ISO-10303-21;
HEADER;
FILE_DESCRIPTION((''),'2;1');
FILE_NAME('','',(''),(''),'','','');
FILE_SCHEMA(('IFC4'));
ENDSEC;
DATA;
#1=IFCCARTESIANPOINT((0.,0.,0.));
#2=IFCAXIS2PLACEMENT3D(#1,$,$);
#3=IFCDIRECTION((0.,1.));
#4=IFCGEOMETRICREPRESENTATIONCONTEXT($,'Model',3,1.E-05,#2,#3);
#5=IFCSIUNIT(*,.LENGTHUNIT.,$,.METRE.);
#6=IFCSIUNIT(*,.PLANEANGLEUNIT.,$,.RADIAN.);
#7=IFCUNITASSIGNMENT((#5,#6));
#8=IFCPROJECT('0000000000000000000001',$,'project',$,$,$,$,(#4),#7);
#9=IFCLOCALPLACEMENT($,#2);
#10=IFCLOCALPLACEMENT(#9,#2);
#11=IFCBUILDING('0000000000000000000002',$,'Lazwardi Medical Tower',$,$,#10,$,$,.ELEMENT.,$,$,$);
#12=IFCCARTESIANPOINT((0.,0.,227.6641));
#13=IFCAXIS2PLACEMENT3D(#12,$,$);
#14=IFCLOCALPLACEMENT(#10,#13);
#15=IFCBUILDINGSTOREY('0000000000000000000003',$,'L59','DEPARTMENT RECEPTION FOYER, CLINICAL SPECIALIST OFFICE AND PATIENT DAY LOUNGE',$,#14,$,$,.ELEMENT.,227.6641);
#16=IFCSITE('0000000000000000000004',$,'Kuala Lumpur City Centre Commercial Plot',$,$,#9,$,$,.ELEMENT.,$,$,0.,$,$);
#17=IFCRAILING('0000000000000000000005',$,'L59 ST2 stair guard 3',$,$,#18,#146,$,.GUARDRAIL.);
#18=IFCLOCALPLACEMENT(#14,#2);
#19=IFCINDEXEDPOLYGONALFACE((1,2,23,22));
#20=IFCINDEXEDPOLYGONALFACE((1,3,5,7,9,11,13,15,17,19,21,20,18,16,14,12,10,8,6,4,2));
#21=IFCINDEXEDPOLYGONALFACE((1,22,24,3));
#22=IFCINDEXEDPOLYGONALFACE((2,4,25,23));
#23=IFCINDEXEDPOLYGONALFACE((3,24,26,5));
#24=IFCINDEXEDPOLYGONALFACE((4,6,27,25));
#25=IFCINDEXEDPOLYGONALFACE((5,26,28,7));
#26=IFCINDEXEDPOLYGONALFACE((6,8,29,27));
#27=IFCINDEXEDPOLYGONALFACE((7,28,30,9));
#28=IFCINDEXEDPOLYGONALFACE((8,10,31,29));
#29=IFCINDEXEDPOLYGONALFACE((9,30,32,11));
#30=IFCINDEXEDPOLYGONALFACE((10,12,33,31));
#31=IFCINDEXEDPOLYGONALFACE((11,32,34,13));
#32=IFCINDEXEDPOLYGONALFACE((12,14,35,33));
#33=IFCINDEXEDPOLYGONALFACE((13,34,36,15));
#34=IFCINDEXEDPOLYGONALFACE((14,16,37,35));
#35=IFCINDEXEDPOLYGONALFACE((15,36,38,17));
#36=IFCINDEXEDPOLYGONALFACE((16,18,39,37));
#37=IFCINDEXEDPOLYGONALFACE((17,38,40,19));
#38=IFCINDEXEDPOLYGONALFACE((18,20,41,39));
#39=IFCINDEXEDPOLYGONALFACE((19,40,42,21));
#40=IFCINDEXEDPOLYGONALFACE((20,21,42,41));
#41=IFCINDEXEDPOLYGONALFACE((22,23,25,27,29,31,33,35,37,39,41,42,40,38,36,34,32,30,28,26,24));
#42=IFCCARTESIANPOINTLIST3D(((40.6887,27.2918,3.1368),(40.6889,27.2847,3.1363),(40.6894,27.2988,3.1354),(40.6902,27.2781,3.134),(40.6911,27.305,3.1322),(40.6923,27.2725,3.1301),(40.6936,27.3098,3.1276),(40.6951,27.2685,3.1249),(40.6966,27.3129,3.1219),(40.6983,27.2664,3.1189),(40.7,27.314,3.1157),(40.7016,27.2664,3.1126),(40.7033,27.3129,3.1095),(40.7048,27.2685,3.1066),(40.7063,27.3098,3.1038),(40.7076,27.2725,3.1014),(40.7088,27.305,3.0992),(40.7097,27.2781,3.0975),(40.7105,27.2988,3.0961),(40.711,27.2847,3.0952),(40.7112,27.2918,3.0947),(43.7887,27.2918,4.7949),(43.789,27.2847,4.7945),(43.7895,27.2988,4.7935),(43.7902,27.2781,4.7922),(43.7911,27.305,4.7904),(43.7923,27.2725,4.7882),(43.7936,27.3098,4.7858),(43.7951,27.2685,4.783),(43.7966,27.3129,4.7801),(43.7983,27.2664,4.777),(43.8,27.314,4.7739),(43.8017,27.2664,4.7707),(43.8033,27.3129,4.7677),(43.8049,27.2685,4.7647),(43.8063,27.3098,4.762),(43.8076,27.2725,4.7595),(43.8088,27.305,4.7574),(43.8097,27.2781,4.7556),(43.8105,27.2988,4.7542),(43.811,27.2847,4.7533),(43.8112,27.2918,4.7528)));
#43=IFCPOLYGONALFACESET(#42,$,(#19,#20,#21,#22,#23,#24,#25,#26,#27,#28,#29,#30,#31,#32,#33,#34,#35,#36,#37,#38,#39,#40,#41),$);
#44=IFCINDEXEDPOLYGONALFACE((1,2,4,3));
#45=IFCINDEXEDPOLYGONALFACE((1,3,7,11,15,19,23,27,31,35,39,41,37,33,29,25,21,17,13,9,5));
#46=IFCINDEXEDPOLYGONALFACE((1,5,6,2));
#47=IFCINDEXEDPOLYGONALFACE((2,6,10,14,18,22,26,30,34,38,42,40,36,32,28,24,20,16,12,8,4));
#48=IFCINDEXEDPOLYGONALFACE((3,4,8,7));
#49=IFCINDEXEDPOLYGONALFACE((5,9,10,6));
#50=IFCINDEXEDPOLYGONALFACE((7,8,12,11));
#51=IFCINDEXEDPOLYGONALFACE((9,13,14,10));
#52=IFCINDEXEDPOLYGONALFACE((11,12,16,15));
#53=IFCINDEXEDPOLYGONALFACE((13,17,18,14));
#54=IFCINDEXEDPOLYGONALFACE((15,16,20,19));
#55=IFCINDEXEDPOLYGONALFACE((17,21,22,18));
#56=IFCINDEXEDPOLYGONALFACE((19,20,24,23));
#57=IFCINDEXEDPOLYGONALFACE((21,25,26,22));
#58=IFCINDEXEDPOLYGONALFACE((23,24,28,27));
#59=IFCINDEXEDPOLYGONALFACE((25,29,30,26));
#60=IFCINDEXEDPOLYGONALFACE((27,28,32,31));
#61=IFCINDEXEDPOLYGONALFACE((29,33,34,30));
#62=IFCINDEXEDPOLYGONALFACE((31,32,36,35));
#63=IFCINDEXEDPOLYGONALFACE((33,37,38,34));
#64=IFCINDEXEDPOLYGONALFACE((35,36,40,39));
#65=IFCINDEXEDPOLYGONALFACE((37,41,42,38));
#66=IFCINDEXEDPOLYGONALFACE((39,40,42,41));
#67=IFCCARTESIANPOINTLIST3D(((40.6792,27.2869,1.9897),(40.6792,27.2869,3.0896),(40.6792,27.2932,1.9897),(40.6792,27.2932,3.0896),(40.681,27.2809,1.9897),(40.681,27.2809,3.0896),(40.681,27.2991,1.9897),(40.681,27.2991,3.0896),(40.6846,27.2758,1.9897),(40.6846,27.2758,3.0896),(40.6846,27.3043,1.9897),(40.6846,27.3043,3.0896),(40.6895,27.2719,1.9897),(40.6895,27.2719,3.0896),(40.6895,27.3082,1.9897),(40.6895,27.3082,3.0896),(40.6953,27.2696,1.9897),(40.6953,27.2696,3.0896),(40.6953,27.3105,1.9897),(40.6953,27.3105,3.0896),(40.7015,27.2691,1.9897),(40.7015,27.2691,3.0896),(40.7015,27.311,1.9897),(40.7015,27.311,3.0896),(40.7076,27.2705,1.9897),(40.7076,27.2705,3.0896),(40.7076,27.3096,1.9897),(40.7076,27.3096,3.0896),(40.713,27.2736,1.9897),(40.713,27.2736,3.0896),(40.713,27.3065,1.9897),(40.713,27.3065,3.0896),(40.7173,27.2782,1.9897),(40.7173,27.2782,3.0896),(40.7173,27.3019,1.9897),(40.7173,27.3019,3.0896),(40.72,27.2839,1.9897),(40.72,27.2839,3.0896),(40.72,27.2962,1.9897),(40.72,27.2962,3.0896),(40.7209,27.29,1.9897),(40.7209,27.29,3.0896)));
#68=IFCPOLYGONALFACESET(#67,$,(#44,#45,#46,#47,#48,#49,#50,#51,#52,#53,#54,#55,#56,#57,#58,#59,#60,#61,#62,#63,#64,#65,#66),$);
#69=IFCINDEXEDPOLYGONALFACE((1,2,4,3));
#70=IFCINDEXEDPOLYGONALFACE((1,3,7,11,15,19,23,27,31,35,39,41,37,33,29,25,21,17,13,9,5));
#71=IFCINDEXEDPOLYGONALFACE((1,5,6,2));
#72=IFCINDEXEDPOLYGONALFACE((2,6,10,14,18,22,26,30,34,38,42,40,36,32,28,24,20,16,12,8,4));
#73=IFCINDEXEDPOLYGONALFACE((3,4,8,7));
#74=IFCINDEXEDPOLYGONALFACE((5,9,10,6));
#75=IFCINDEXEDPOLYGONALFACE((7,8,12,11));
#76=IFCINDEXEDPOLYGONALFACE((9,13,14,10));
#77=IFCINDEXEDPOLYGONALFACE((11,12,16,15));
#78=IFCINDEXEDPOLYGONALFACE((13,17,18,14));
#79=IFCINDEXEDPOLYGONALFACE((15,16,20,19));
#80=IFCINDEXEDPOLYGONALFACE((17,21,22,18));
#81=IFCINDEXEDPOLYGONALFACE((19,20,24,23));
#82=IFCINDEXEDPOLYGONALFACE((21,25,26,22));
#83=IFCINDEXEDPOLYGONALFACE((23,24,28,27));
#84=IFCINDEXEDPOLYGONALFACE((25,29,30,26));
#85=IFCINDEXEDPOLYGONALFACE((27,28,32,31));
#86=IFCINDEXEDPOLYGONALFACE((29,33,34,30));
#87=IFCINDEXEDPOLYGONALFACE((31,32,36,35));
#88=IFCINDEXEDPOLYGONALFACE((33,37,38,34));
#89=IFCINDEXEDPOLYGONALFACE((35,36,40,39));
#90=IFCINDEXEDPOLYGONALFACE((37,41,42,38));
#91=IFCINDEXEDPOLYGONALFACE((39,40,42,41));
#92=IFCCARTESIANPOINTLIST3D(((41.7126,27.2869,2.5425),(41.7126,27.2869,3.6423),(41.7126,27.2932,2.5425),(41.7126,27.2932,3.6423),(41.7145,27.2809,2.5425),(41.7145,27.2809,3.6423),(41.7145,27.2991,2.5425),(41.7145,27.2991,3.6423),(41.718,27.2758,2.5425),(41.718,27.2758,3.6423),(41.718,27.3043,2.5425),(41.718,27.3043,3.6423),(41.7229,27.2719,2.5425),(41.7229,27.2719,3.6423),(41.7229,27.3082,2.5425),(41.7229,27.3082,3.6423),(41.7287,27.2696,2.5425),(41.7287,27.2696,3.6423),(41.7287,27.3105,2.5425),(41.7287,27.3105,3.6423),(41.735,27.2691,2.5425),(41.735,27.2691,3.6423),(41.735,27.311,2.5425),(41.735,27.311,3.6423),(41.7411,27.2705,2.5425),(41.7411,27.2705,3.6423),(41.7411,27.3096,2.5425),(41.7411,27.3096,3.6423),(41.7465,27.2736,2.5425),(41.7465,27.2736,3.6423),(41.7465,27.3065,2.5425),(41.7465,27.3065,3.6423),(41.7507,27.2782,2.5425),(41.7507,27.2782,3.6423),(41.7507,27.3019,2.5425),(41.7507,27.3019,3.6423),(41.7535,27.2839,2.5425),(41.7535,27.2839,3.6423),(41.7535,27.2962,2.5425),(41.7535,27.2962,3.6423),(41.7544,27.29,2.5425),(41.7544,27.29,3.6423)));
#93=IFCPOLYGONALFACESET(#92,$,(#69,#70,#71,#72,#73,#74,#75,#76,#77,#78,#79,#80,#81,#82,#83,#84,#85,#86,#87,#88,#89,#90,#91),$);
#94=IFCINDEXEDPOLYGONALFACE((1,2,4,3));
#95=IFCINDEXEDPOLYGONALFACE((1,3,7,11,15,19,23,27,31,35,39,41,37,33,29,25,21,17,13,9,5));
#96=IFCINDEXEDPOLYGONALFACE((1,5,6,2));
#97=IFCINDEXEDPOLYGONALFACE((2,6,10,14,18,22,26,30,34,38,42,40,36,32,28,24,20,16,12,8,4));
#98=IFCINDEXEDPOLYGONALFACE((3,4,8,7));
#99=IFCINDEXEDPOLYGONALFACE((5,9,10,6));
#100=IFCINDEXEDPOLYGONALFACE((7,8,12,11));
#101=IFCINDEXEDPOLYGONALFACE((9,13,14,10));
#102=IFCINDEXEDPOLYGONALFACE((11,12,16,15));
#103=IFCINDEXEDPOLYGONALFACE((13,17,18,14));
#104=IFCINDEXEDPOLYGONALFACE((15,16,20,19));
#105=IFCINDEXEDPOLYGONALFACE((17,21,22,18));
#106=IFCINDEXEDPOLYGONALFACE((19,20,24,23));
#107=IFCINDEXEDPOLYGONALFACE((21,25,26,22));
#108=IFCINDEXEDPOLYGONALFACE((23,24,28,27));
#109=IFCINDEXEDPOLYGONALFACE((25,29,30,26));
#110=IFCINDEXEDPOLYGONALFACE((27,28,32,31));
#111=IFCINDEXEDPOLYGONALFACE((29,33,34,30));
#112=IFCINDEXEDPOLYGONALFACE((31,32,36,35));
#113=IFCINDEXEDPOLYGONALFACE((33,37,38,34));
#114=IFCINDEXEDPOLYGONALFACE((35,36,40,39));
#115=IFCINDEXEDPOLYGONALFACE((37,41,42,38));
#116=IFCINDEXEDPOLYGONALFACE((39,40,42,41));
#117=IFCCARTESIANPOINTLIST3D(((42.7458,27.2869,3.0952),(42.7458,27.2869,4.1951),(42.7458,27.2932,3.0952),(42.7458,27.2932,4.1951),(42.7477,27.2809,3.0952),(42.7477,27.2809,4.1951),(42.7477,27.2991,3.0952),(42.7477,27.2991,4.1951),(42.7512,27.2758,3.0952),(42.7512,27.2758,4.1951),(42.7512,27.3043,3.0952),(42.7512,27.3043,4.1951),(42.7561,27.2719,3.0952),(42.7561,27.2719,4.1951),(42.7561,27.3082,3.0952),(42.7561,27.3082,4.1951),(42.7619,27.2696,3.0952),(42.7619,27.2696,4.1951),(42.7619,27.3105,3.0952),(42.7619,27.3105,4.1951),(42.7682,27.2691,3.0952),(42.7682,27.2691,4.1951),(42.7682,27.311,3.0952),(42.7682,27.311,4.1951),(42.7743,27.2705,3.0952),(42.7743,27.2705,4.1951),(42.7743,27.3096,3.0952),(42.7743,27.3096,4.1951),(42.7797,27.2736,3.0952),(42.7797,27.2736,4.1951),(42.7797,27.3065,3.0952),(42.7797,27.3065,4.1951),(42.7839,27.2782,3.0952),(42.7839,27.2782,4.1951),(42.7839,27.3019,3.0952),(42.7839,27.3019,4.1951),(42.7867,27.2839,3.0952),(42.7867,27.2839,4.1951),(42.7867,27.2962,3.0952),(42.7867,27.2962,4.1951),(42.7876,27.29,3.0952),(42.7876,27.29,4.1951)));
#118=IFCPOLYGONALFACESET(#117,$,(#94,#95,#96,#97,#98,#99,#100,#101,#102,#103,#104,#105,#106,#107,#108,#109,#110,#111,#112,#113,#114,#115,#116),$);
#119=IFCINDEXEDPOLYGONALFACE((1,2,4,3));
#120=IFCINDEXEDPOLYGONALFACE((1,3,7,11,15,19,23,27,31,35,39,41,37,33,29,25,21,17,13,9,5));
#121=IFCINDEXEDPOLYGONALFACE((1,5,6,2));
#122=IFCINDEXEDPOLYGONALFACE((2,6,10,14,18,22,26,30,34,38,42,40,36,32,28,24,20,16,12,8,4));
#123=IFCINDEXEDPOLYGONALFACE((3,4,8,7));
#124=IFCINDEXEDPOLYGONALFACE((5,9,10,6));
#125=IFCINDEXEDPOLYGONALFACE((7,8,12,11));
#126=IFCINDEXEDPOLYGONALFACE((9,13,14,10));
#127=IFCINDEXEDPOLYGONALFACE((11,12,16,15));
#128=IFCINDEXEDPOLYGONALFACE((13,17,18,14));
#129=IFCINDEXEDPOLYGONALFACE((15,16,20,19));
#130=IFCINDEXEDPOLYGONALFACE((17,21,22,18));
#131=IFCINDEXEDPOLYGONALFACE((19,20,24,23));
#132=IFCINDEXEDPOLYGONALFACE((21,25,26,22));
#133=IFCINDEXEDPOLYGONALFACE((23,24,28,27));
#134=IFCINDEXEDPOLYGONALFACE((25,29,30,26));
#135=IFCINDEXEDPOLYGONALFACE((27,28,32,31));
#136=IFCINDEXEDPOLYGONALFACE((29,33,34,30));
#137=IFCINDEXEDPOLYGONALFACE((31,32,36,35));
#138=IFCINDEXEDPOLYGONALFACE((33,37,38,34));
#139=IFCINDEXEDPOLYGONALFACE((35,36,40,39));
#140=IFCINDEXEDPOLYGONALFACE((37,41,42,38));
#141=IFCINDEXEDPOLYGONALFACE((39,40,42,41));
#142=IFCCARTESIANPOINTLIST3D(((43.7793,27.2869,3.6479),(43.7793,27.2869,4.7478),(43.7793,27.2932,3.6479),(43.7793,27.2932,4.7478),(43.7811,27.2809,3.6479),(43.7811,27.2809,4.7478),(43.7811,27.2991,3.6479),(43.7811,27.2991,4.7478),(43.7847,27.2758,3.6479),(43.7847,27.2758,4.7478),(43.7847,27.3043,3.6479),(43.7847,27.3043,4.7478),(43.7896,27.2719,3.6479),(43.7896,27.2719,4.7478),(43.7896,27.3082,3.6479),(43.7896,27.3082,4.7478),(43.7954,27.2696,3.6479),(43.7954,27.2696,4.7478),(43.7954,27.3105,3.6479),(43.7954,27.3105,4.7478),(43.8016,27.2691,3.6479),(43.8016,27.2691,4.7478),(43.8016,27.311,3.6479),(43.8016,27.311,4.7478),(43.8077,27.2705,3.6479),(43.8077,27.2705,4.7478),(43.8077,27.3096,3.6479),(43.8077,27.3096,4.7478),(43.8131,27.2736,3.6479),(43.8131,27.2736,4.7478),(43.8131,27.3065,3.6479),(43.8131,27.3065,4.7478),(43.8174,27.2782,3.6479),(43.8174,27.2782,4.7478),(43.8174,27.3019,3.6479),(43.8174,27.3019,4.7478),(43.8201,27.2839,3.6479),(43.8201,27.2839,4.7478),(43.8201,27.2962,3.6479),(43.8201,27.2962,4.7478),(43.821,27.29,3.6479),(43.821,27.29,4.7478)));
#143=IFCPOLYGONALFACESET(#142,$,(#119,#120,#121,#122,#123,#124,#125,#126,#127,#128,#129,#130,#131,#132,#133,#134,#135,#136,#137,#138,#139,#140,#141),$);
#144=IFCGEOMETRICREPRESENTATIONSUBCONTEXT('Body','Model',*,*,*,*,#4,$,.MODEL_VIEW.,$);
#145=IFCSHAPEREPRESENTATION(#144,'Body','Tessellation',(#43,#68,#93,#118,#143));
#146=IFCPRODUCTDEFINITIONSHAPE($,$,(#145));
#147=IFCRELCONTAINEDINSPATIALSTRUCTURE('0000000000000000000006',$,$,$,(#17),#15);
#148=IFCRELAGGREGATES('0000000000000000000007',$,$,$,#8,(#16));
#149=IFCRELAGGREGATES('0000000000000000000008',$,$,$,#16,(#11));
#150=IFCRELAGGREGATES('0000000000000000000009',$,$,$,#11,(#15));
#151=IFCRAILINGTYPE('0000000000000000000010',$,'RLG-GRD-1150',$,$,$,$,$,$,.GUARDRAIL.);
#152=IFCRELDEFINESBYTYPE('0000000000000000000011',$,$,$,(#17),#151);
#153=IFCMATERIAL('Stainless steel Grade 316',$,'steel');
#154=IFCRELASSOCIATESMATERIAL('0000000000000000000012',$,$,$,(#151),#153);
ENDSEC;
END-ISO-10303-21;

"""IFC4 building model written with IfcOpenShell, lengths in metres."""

from ifc_helpers import new_model, si_unit, direction, frame, origin, origin_2d, place, context, subcontext, project, spatial, circle, extrude, material, type_object, element, save


model = new_model("IFC4")

# Units and contexts
model_context = context("Model", 3, precision=1e-05, world=origin(), true_north=direction((0.0, 1.0)))
body_context = subcontext(model_context, "Body", "Model", "MODEL_VIEW")
ifc_project = project(units=[si_unit("LENGTHUNIT", "METRE"), si_unit("PLANEANGLEUNIT", "RADIAN")], contexts=[model_context])

# Site, building, storey
site_placement = place(None, origin())
site = spatial("IfcSite", under=ifc_project, at=site_placement, Name="Kuala Lumpur City Centre Commercial Plot", CompositionType="ELEMENT", RefElevation=0.0)
building_placement = place(site_placement, origin())
building = spatial("IfcBuilding", under=site, at=building_placement, Name="Lazwardi Medical Tower", CompositionType="ELEMENT")
storey_placement = place(building_placement, frame((0.0, 0.0, 227.6641)))
storey = spatial("IfcBuildingStorey", under=building, at=storey_placement, Name="L59", Description="DEPARTMENT RECEPTION FOYER, CLINICAL SPECIALIST OFFICE AND PATIENT DAY LOUNGE", CompositionType="ELEMENT", Elevation=227.6641)

# Railing
ifc_material_1 = material(Name="Stainless steel Grade 316", Category="steel")
railing_type_1 = type_object("IfcRailingType", Name="RLG-GRD-1150", PredefinedType="GUARDRAIL", material=ifc_material_1)
railing_1_placement = place(storey_placement, frame((40.7, 27.29, 1.9897)))
element("IfcRailing", 1, at=railing_1_placement, inside=storey, type_object=railing_type_1, Name="L59 ST2 stair guard 3", PredefinedType="GUARDRAIL", context=body_context, shape_type="SweptSolid", body=[
    extrude(circle(Radius=0.0239, at=origin_2d()), frame((0.0, 0.0, 1.126), z_axis=(0.881783, 0.0, 0.471655), x_axis=(0.0, 1.0, 0.0)), (0.0, 0.0, 1.0), 3.5156),
    extrude(circle(Radius=0.021, at=origin_2d()), origin(), (0.0, 0.0, 1.0), 1.0999),
    extrude(circle(Radius=0.021, at=origin_2d()), frame((1.0334, 0.0, 0.5527)), (0.0, 0.0, 1.0), 1.0999),
    extrude(circle(Radius=0.021, at=origin_2d()), frame((2.0667, 0.0, 1.1055)), (0.0, 0.0, 1.0), 1.0999),
    extrude(circle(Radius=0.021, at=origin_2d()), frame((3.1001, 0.0, 1.6582)), (0.0, 0.0, 1.0), 1.0999),
])

save(model, "model.ifc")
